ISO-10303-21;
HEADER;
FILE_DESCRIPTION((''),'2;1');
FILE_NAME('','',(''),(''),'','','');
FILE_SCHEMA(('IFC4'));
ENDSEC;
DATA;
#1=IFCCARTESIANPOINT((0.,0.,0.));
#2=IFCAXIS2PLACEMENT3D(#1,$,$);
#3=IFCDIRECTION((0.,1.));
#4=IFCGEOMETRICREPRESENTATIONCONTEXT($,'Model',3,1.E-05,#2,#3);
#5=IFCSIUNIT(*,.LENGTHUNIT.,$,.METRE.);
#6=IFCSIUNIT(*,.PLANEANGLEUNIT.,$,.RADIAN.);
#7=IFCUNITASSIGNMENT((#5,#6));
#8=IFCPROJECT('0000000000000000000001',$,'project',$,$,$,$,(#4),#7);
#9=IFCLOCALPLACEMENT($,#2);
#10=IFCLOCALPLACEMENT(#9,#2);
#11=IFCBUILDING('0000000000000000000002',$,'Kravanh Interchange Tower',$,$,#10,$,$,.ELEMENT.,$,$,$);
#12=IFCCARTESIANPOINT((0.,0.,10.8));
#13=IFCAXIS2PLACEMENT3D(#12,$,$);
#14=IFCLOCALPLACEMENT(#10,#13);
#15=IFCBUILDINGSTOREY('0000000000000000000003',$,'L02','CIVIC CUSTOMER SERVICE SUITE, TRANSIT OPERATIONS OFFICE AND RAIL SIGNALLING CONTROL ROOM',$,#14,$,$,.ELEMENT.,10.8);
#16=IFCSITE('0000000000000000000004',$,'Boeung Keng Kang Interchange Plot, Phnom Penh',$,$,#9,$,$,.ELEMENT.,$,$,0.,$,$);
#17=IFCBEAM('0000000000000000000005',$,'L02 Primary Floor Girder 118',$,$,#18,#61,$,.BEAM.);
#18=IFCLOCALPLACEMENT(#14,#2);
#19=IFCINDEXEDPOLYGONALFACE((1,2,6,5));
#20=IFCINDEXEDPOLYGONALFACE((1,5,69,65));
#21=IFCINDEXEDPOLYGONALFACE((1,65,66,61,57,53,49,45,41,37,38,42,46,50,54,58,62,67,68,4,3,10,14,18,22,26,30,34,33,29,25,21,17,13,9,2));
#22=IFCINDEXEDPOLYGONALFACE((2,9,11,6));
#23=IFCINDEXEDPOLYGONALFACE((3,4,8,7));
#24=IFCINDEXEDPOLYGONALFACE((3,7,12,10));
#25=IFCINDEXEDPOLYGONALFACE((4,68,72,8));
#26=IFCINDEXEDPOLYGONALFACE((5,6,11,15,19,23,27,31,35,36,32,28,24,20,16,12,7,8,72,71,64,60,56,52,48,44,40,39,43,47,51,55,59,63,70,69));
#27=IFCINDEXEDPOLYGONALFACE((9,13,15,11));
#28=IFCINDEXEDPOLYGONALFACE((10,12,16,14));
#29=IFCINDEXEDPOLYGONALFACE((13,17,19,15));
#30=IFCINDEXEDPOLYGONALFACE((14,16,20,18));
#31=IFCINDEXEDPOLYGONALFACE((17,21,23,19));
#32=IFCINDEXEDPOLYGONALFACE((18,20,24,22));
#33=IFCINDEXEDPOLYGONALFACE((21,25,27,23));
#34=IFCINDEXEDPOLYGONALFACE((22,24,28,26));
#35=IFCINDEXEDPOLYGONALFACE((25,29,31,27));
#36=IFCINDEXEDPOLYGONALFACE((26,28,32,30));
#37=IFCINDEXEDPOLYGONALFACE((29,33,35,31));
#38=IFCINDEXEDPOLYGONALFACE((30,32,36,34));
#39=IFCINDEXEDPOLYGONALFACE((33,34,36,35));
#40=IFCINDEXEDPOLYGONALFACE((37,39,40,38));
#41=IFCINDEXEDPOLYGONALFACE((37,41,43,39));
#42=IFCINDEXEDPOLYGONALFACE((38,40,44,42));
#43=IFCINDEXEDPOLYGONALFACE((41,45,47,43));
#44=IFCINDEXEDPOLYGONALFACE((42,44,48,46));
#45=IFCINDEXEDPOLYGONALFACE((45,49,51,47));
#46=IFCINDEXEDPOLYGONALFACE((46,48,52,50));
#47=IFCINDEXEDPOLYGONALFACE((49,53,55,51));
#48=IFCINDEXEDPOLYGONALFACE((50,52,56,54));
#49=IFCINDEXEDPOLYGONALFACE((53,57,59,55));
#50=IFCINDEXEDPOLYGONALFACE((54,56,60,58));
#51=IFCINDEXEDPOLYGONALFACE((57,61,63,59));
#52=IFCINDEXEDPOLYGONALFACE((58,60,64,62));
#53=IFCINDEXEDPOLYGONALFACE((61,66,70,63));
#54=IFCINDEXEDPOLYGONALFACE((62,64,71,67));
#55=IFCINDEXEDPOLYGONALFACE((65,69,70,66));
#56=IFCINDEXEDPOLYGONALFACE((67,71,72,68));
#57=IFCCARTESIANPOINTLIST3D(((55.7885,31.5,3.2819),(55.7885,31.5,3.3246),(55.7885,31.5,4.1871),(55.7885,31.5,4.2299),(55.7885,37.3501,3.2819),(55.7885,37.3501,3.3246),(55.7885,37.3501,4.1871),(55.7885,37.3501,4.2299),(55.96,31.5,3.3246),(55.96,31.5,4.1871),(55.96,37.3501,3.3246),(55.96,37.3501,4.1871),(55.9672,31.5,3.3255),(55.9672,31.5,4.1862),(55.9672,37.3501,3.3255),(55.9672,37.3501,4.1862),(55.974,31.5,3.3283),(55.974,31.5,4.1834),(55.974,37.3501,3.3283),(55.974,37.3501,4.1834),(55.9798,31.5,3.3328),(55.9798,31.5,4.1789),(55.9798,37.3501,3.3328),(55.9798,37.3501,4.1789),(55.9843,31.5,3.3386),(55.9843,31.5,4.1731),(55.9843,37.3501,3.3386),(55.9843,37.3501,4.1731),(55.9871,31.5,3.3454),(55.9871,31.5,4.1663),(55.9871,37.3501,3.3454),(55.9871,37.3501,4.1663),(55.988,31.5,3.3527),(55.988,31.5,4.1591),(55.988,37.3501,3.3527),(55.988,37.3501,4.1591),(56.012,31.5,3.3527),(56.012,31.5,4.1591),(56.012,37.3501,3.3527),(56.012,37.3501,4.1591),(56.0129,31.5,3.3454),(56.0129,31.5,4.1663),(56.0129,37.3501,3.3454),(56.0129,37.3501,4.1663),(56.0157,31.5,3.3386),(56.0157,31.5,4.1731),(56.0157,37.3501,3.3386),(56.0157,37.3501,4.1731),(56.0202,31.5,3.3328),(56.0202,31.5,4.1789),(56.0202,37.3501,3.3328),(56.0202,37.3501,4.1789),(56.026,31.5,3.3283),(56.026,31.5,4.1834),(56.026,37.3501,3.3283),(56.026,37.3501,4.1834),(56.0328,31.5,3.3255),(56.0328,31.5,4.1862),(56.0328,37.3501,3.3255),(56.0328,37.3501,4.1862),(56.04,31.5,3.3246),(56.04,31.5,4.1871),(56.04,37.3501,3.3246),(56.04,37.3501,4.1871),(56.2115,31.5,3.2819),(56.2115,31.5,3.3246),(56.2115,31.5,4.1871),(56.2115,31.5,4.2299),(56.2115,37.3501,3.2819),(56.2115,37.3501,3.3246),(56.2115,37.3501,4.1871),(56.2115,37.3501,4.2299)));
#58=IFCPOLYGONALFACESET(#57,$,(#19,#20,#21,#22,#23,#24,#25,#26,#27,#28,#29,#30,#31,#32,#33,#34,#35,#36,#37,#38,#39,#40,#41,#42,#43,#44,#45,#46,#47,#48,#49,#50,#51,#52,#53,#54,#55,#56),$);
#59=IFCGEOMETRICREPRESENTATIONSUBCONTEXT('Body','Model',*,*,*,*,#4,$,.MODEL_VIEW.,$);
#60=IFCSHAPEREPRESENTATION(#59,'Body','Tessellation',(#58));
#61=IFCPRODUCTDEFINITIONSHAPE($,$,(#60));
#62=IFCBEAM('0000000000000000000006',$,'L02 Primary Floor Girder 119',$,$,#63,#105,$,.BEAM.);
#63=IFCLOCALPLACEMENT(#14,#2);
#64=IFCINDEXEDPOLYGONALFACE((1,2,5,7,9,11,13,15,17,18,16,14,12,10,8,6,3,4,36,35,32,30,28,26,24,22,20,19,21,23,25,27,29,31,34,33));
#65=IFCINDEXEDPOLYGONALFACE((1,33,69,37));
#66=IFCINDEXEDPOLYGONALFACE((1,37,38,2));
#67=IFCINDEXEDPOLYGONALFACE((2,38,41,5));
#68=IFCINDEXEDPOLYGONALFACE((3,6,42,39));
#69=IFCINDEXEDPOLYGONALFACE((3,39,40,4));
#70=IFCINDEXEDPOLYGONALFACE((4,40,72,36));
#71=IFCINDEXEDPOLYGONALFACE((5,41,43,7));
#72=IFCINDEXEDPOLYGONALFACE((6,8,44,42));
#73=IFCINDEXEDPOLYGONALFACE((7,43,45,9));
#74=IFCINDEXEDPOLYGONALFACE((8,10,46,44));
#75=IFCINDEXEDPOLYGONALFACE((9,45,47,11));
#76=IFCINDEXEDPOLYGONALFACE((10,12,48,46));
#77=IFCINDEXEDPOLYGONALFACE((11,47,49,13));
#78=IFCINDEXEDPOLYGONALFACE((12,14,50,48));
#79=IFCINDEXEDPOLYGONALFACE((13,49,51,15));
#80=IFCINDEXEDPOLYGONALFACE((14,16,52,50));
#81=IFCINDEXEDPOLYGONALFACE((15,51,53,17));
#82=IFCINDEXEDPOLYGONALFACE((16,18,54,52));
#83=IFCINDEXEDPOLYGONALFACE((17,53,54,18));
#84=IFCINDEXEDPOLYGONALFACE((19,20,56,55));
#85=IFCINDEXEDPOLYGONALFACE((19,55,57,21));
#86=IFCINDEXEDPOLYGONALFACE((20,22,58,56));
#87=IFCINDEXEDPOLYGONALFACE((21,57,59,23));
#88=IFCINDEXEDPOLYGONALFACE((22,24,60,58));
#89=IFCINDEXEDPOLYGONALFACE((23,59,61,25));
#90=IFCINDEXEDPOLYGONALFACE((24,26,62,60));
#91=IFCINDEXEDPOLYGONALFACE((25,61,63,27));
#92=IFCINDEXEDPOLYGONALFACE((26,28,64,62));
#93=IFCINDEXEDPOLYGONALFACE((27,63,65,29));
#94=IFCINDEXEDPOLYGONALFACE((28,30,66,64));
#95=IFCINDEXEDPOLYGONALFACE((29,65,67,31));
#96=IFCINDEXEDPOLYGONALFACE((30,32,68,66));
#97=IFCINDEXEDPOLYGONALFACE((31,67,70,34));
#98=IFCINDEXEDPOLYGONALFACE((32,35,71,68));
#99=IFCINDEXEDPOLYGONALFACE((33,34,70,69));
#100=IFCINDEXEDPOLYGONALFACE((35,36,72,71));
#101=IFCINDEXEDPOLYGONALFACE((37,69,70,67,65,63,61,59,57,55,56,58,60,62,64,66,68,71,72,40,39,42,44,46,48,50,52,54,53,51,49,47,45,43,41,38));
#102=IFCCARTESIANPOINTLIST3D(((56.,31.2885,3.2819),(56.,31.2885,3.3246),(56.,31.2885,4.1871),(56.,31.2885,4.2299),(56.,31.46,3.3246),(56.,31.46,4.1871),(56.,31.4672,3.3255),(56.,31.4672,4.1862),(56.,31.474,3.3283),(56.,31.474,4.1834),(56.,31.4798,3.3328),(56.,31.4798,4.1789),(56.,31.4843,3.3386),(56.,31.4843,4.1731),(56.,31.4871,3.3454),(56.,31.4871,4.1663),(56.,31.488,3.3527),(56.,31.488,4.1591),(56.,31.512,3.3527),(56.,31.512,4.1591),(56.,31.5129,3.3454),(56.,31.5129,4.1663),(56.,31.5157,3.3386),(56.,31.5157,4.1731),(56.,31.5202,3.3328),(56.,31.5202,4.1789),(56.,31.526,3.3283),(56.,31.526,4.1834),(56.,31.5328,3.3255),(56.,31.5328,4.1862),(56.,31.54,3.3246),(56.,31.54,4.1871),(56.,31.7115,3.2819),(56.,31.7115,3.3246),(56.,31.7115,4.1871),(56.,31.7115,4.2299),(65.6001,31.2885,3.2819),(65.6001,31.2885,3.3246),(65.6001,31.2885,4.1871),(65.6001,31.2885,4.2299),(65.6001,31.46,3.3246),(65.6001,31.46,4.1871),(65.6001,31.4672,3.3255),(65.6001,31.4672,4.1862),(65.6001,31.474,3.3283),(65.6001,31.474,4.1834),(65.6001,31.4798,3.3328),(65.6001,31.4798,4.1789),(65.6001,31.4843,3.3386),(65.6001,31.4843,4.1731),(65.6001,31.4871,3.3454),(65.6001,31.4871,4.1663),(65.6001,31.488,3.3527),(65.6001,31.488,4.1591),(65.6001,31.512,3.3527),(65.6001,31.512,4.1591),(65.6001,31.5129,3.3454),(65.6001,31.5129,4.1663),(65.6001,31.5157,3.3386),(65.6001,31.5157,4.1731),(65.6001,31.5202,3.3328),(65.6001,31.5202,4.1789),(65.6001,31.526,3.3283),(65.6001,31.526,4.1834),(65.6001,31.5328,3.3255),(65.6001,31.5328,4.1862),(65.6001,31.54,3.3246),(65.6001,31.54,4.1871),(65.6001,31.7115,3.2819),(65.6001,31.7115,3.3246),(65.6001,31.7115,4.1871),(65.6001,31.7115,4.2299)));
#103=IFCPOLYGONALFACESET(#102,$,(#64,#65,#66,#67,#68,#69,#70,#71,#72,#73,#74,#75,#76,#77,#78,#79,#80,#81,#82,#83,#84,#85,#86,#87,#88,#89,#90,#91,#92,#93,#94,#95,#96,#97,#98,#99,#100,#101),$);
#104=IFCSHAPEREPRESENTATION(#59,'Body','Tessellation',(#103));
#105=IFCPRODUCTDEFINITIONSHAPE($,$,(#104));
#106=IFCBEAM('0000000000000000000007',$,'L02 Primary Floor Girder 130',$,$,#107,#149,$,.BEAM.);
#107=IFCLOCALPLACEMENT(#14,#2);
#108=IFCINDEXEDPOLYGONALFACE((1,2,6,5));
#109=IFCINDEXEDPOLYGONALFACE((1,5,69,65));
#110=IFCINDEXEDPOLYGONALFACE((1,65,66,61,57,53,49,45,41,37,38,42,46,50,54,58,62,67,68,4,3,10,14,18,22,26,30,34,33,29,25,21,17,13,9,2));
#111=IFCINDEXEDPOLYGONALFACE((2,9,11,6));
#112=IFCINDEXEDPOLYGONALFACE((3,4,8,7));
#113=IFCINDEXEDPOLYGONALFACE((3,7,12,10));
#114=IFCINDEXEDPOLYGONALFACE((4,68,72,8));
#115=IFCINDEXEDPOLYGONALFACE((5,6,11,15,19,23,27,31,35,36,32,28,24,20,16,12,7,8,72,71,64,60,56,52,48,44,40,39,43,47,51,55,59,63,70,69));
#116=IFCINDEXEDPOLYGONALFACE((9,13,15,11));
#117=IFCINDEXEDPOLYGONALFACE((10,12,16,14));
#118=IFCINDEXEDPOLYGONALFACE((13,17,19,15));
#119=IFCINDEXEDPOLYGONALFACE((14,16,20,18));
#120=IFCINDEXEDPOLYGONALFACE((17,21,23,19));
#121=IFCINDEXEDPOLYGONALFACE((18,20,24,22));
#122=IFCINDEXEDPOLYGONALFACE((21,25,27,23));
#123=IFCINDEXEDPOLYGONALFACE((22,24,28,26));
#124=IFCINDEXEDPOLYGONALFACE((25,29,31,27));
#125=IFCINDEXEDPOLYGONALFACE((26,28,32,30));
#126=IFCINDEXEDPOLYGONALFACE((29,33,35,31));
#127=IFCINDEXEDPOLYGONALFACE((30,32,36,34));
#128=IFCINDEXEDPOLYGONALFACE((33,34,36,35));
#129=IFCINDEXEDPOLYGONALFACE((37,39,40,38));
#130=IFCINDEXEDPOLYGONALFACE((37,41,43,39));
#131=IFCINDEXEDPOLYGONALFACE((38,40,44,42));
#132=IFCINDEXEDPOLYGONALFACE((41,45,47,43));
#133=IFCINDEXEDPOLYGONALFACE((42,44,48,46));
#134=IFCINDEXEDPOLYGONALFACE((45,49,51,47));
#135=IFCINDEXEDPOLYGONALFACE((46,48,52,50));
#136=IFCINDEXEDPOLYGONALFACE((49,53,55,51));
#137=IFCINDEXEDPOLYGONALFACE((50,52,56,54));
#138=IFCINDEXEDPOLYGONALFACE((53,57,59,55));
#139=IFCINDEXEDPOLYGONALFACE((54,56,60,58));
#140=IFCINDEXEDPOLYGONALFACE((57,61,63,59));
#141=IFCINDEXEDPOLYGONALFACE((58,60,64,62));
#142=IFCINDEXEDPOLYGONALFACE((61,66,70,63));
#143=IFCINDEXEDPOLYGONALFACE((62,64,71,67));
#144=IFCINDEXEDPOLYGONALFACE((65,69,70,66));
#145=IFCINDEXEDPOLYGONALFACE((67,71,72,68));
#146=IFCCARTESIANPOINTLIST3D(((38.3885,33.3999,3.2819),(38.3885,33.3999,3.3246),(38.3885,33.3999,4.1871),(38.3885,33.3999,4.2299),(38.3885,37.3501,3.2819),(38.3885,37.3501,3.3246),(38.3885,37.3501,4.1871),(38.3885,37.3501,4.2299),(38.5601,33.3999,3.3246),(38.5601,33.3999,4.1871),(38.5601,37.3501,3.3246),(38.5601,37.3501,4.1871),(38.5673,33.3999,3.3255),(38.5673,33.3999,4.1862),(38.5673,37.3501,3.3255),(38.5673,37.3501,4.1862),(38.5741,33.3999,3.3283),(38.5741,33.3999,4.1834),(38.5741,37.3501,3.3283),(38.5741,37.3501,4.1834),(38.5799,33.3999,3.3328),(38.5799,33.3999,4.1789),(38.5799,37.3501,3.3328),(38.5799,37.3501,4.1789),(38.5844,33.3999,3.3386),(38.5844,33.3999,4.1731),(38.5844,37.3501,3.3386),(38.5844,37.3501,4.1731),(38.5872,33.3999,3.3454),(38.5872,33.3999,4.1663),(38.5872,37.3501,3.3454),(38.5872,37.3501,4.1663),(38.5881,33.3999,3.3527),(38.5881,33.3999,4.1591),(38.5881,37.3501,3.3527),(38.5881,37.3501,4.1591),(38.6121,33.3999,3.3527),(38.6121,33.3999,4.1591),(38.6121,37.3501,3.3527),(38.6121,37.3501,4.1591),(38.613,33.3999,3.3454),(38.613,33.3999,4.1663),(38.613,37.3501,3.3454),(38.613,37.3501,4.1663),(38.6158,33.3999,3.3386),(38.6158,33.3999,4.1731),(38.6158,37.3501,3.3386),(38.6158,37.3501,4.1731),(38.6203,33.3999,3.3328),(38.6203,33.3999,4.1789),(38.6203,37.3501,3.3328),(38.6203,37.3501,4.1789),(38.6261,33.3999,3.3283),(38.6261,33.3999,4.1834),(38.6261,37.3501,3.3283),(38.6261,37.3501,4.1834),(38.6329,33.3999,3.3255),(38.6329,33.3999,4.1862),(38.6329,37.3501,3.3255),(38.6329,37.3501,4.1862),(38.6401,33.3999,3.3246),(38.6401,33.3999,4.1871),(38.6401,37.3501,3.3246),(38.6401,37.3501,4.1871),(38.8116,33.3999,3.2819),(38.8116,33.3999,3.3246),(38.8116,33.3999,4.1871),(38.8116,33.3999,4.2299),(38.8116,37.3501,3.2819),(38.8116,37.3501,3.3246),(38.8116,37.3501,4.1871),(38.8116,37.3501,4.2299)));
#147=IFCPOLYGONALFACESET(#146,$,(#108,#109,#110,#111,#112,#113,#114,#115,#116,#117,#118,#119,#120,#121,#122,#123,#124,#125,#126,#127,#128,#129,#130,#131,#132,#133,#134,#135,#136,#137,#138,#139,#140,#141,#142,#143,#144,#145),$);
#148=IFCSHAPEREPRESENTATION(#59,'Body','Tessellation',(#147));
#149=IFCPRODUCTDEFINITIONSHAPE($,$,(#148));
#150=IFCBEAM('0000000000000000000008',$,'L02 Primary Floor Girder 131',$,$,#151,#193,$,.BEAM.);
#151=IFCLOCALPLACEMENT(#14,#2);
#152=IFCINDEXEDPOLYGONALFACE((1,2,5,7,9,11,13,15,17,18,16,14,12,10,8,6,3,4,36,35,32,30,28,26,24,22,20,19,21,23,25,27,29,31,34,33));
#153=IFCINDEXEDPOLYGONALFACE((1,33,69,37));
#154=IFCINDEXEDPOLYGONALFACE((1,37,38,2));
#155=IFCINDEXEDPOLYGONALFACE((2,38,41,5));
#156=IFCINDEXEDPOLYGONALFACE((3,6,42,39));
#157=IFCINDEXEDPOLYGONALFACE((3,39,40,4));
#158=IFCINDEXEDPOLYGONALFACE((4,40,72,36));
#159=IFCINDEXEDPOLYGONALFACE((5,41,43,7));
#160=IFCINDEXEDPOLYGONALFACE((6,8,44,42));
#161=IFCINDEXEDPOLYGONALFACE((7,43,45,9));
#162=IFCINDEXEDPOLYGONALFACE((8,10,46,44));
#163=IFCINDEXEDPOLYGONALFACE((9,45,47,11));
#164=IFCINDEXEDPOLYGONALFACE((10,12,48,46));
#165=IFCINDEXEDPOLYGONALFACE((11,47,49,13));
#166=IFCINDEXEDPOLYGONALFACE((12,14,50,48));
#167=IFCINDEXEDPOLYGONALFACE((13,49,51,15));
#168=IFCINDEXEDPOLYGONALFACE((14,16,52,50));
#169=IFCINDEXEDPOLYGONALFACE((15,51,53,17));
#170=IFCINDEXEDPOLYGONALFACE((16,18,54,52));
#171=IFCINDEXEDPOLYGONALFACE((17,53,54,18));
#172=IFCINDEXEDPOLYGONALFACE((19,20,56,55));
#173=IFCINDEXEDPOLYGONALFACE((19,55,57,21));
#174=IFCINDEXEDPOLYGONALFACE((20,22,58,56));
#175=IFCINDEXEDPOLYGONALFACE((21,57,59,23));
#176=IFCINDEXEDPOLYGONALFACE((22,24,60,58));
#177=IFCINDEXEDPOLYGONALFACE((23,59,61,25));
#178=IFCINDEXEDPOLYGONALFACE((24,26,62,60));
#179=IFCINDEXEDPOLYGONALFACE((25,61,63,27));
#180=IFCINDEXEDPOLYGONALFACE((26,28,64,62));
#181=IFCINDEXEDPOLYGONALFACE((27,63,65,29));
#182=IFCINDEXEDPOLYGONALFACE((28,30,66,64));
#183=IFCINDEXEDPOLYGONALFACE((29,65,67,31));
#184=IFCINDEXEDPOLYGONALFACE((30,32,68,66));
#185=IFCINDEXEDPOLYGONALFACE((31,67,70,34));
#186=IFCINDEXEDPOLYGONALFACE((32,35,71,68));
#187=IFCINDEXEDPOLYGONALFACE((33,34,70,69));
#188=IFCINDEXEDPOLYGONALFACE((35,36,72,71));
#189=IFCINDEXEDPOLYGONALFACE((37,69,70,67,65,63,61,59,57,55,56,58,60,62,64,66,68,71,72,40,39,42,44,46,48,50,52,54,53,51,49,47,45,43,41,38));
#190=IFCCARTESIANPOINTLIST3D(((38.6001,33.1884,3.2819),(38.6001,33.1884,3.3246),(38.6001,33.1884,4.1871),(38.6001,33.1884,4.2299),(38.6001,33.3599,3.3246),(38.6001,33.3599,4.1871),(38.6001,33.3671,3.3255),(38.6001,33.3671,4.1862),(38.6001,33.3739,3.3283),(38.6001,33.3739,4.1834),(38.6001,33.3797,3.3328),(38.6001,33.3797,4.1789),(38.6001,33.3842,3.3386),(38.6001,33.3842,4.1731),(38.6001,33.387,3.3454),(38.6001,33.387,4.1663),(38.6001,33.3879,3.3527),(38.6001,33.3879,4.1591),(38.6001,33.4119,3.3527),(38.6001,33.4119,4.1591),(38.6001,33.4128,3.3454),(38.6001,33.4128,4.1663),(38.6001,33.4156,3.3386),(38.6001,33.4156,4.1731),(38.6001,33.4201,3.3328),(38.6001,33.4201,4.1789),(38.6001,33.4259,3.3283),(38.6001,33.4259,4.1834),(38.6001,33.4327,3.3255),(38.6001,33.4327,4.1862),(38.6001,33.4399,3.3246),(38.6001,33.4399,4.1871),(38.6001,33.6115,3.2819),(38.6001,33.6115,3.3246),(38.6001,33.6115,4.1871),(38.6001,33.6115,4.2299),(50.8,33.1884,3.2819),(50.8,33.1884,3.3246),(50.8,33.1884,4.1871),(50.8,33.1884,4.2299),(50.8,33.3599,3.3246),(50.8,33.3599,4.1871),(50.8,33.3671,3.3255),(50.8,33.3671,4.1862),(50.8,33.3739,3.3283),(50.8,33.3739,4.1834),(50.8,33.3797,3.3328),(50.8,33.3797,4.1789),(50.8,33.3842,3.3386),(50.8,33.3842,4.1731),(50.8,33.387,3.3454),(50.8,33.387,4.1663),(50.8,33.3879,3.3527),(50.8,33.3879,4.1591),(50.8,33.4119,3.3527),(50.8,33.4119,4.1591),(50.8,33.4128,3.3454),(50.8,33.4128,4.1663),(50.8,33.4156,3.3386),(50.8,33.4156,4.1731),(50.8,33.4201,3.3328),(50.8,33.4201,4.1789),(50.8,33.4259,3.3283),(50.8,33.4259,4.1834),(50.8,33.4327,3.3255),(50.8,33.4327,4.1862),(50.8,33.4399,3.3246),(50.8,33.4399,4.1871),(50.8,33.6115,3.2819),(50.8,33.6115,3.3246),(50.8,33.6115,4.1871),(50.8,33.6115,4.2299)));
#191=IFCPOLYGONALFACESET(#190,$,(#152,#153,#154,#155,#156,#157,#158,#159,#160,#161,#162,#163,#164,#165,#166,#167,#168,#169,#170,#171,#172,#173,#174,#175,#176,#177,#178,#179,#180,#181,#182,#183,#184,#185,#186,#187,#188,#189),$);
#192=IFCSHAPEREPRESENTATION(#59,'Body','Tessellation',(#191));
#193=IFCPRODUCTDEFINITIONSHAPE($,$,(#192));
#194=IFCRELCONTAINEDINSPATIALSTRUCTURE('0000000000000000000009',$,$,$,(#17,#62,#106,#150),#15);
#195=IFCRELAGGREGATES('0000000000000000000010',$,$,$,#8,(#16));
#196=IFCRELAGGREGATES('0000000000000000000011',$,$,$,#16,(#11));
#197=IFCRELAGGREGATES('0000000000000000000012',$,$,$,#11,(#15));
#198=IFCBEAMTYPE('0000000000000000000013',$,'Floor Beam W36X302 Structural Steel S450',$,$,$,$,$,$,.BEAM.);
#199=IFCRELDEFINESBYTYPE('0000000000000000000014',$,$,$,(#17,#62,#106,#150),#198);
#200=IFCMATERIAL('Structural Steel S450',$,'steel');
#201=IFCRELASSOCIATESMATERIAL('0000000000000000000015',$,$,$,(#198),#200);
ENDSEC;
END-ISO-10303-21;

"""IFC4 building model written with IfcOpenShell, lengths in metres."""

from ifc_helpers import new_model, si_unit, direction, frame, origin, origin_2d, place, context, subcontext, project, spatial, i_section, extrude, material, material_profile, profile_set, type_object, element, save


model = new_model("IFC4")

# Units and contexts
model_context = context("Model", 3, precision=1e-05, world=origin(), true_north=direction((0.0, 1.0)))
body_context = subcontext(model_context, "Body", "Model", "MODEL_VIEW")
ifc_project = project(units=[si_unit("LENGTHUNIT", "METRE"), si_unit("PLANEANGLEUNIT", "RADIAN")], contexts=[model_context])

# Site, building, storey
site_placement = place(None, origin())
site = spatial("IfcSite", under=ifc_project, at=site_placement, Name="Boeung Keng Kang Interchange Plot, Phnom Penh", CompositionType="ELEMENT", RefElevation=0.0)
building_placement = place(site_placement, origin())
building = spatial("IfcBuilding", under=site, at=building_placement, Name="Kravanh Interchange Tower", CompositionType="ELEMENT")
storey_placement = place(building_placement, frame((0.0, 0.0, 10.8)))
storey = spatial("IfcBuildingStorey", under=building, at=storey_placement, Name="L02", Description="CIVIC CUSTOMER SERVICE SUITE, TRANSIT OPERATIONS OFFICE AND RAIL SIGNALLING CONTROL ROOM", CompositionType="ELEMENT", Elevation=10.8)

# Beams
ifc_material_1 = material(Name="Structural Steel S450", Category="steel")
ifc_material_profile_1 = material_profile(ifc_material_1, i_section(OverallWidth=0.4231, OverallDepth=0.948, WebThickness=0.0239, FlangeThickness=0.0427, FilletRadius=0.0281, at=origin_2d()), Name="W36X302")
ifc_profile_set_1 = profile_set([ifc_material_profile_1], Name="Structural Steel S450")
beam_type_1 = type_object("IfcBeamType", Name="Floor Beam W36X302 Structural Steel S450", PredefinedType="BEAM", material=ifc_profile_set_1)
beam_1_placement = place(storey_placement, frame((56.0, 31.5, 3.7559), z_axis=(0.0, 1.0, 0.0), x_axis=(-1.0, 0.0, 0.0)))
element("IfcBeam", 1, at=beam_1_placement, inside=storey, type_object=beam_type_1, Name="L02 Primary Floor Girder 118", PredefinedType="BEAM", context=body_context, shape_type="SweptSolid", body=[
    extrude(i_section(OverallWidth=0.4231, OverallDepth=0.948, WebThickness=0.0239, FlangeThickness=0.0427, FilletRadius=0.0281, at=origin_2d()), origin(), (0.0, 0.0, 1.0), 5.8501),
])
beam_2_placement = place(storey_placement, frame((56.0, 31.5, 3.7559), z_axis=(1.0, 0.0, 0.0), x_axis=(0.0, 1.0, 0.0)))
element("IfcBeam", 2, at=beam_2_placement, inside=storey, type_object=beam_type_1, Name="L02 Primary Floor Girder 119", PredefinedType="BEAM", context=body_context, shape_type="SweptSolid", body=[
    extrude(i_section(OverallWidth=0.4231, OverallDepth=0.948, WebThickness=0.0239, FlangeThickness=0.0427, FilletRadius=0.0281, at=origin_2d()), origin(), (0.0, 0.0, 1.0), 9.6001),
])
beam_3_placement = place(storey_placement, frame((38.6001, 33.3999, 3.7559), z_axis=(0.0, 1.0, 0.0), x_axis=(-1.0, 0.0, 0.0)))
element("IfcBeam", 3, at=beam_3_placement, inside=storey, type_object=beam_type_1, Name="L02 Primary Floor Girder 130", PredefinedType="BEAM", context=body_context, shape_type="SweptSolid", body=[
    extrude(i_section(OverallWidth=0.4231, OverallDepth=0.948, WebThickness=0.0239, FlangeThickness=0.0427, FilletRadius=0.0281, at=origin_2d()), origin(), (0.0, 0.0, 1.0), 3.9502),
])
beam_4_placement = place(storey_placement, frame((38.6001, 33.3999, 3.7559), z_axis=(1.0, 0.0, 0.0), x_axis=(0.0, 1.0, 0.0)))
element("IfcBeam", 4, at=beam_4_placement, inside=storey, type_object=beam_type_1, Name="L02 Primary Floor Girder 131", PredefinedType="BEAM", context=body_context, shape_type="SweptSolid", body=[
    extrude(i_section(OverallWidth=0.4231, OverallDepth=0.948, WebThickness=0.0239, FlangeThickness=0.0427, FilletRadius=0.0281, at=origin_2d()), origin(), (0.0, 0.0, 1.0), 12.2),
])

save(model, "model.ifc")
